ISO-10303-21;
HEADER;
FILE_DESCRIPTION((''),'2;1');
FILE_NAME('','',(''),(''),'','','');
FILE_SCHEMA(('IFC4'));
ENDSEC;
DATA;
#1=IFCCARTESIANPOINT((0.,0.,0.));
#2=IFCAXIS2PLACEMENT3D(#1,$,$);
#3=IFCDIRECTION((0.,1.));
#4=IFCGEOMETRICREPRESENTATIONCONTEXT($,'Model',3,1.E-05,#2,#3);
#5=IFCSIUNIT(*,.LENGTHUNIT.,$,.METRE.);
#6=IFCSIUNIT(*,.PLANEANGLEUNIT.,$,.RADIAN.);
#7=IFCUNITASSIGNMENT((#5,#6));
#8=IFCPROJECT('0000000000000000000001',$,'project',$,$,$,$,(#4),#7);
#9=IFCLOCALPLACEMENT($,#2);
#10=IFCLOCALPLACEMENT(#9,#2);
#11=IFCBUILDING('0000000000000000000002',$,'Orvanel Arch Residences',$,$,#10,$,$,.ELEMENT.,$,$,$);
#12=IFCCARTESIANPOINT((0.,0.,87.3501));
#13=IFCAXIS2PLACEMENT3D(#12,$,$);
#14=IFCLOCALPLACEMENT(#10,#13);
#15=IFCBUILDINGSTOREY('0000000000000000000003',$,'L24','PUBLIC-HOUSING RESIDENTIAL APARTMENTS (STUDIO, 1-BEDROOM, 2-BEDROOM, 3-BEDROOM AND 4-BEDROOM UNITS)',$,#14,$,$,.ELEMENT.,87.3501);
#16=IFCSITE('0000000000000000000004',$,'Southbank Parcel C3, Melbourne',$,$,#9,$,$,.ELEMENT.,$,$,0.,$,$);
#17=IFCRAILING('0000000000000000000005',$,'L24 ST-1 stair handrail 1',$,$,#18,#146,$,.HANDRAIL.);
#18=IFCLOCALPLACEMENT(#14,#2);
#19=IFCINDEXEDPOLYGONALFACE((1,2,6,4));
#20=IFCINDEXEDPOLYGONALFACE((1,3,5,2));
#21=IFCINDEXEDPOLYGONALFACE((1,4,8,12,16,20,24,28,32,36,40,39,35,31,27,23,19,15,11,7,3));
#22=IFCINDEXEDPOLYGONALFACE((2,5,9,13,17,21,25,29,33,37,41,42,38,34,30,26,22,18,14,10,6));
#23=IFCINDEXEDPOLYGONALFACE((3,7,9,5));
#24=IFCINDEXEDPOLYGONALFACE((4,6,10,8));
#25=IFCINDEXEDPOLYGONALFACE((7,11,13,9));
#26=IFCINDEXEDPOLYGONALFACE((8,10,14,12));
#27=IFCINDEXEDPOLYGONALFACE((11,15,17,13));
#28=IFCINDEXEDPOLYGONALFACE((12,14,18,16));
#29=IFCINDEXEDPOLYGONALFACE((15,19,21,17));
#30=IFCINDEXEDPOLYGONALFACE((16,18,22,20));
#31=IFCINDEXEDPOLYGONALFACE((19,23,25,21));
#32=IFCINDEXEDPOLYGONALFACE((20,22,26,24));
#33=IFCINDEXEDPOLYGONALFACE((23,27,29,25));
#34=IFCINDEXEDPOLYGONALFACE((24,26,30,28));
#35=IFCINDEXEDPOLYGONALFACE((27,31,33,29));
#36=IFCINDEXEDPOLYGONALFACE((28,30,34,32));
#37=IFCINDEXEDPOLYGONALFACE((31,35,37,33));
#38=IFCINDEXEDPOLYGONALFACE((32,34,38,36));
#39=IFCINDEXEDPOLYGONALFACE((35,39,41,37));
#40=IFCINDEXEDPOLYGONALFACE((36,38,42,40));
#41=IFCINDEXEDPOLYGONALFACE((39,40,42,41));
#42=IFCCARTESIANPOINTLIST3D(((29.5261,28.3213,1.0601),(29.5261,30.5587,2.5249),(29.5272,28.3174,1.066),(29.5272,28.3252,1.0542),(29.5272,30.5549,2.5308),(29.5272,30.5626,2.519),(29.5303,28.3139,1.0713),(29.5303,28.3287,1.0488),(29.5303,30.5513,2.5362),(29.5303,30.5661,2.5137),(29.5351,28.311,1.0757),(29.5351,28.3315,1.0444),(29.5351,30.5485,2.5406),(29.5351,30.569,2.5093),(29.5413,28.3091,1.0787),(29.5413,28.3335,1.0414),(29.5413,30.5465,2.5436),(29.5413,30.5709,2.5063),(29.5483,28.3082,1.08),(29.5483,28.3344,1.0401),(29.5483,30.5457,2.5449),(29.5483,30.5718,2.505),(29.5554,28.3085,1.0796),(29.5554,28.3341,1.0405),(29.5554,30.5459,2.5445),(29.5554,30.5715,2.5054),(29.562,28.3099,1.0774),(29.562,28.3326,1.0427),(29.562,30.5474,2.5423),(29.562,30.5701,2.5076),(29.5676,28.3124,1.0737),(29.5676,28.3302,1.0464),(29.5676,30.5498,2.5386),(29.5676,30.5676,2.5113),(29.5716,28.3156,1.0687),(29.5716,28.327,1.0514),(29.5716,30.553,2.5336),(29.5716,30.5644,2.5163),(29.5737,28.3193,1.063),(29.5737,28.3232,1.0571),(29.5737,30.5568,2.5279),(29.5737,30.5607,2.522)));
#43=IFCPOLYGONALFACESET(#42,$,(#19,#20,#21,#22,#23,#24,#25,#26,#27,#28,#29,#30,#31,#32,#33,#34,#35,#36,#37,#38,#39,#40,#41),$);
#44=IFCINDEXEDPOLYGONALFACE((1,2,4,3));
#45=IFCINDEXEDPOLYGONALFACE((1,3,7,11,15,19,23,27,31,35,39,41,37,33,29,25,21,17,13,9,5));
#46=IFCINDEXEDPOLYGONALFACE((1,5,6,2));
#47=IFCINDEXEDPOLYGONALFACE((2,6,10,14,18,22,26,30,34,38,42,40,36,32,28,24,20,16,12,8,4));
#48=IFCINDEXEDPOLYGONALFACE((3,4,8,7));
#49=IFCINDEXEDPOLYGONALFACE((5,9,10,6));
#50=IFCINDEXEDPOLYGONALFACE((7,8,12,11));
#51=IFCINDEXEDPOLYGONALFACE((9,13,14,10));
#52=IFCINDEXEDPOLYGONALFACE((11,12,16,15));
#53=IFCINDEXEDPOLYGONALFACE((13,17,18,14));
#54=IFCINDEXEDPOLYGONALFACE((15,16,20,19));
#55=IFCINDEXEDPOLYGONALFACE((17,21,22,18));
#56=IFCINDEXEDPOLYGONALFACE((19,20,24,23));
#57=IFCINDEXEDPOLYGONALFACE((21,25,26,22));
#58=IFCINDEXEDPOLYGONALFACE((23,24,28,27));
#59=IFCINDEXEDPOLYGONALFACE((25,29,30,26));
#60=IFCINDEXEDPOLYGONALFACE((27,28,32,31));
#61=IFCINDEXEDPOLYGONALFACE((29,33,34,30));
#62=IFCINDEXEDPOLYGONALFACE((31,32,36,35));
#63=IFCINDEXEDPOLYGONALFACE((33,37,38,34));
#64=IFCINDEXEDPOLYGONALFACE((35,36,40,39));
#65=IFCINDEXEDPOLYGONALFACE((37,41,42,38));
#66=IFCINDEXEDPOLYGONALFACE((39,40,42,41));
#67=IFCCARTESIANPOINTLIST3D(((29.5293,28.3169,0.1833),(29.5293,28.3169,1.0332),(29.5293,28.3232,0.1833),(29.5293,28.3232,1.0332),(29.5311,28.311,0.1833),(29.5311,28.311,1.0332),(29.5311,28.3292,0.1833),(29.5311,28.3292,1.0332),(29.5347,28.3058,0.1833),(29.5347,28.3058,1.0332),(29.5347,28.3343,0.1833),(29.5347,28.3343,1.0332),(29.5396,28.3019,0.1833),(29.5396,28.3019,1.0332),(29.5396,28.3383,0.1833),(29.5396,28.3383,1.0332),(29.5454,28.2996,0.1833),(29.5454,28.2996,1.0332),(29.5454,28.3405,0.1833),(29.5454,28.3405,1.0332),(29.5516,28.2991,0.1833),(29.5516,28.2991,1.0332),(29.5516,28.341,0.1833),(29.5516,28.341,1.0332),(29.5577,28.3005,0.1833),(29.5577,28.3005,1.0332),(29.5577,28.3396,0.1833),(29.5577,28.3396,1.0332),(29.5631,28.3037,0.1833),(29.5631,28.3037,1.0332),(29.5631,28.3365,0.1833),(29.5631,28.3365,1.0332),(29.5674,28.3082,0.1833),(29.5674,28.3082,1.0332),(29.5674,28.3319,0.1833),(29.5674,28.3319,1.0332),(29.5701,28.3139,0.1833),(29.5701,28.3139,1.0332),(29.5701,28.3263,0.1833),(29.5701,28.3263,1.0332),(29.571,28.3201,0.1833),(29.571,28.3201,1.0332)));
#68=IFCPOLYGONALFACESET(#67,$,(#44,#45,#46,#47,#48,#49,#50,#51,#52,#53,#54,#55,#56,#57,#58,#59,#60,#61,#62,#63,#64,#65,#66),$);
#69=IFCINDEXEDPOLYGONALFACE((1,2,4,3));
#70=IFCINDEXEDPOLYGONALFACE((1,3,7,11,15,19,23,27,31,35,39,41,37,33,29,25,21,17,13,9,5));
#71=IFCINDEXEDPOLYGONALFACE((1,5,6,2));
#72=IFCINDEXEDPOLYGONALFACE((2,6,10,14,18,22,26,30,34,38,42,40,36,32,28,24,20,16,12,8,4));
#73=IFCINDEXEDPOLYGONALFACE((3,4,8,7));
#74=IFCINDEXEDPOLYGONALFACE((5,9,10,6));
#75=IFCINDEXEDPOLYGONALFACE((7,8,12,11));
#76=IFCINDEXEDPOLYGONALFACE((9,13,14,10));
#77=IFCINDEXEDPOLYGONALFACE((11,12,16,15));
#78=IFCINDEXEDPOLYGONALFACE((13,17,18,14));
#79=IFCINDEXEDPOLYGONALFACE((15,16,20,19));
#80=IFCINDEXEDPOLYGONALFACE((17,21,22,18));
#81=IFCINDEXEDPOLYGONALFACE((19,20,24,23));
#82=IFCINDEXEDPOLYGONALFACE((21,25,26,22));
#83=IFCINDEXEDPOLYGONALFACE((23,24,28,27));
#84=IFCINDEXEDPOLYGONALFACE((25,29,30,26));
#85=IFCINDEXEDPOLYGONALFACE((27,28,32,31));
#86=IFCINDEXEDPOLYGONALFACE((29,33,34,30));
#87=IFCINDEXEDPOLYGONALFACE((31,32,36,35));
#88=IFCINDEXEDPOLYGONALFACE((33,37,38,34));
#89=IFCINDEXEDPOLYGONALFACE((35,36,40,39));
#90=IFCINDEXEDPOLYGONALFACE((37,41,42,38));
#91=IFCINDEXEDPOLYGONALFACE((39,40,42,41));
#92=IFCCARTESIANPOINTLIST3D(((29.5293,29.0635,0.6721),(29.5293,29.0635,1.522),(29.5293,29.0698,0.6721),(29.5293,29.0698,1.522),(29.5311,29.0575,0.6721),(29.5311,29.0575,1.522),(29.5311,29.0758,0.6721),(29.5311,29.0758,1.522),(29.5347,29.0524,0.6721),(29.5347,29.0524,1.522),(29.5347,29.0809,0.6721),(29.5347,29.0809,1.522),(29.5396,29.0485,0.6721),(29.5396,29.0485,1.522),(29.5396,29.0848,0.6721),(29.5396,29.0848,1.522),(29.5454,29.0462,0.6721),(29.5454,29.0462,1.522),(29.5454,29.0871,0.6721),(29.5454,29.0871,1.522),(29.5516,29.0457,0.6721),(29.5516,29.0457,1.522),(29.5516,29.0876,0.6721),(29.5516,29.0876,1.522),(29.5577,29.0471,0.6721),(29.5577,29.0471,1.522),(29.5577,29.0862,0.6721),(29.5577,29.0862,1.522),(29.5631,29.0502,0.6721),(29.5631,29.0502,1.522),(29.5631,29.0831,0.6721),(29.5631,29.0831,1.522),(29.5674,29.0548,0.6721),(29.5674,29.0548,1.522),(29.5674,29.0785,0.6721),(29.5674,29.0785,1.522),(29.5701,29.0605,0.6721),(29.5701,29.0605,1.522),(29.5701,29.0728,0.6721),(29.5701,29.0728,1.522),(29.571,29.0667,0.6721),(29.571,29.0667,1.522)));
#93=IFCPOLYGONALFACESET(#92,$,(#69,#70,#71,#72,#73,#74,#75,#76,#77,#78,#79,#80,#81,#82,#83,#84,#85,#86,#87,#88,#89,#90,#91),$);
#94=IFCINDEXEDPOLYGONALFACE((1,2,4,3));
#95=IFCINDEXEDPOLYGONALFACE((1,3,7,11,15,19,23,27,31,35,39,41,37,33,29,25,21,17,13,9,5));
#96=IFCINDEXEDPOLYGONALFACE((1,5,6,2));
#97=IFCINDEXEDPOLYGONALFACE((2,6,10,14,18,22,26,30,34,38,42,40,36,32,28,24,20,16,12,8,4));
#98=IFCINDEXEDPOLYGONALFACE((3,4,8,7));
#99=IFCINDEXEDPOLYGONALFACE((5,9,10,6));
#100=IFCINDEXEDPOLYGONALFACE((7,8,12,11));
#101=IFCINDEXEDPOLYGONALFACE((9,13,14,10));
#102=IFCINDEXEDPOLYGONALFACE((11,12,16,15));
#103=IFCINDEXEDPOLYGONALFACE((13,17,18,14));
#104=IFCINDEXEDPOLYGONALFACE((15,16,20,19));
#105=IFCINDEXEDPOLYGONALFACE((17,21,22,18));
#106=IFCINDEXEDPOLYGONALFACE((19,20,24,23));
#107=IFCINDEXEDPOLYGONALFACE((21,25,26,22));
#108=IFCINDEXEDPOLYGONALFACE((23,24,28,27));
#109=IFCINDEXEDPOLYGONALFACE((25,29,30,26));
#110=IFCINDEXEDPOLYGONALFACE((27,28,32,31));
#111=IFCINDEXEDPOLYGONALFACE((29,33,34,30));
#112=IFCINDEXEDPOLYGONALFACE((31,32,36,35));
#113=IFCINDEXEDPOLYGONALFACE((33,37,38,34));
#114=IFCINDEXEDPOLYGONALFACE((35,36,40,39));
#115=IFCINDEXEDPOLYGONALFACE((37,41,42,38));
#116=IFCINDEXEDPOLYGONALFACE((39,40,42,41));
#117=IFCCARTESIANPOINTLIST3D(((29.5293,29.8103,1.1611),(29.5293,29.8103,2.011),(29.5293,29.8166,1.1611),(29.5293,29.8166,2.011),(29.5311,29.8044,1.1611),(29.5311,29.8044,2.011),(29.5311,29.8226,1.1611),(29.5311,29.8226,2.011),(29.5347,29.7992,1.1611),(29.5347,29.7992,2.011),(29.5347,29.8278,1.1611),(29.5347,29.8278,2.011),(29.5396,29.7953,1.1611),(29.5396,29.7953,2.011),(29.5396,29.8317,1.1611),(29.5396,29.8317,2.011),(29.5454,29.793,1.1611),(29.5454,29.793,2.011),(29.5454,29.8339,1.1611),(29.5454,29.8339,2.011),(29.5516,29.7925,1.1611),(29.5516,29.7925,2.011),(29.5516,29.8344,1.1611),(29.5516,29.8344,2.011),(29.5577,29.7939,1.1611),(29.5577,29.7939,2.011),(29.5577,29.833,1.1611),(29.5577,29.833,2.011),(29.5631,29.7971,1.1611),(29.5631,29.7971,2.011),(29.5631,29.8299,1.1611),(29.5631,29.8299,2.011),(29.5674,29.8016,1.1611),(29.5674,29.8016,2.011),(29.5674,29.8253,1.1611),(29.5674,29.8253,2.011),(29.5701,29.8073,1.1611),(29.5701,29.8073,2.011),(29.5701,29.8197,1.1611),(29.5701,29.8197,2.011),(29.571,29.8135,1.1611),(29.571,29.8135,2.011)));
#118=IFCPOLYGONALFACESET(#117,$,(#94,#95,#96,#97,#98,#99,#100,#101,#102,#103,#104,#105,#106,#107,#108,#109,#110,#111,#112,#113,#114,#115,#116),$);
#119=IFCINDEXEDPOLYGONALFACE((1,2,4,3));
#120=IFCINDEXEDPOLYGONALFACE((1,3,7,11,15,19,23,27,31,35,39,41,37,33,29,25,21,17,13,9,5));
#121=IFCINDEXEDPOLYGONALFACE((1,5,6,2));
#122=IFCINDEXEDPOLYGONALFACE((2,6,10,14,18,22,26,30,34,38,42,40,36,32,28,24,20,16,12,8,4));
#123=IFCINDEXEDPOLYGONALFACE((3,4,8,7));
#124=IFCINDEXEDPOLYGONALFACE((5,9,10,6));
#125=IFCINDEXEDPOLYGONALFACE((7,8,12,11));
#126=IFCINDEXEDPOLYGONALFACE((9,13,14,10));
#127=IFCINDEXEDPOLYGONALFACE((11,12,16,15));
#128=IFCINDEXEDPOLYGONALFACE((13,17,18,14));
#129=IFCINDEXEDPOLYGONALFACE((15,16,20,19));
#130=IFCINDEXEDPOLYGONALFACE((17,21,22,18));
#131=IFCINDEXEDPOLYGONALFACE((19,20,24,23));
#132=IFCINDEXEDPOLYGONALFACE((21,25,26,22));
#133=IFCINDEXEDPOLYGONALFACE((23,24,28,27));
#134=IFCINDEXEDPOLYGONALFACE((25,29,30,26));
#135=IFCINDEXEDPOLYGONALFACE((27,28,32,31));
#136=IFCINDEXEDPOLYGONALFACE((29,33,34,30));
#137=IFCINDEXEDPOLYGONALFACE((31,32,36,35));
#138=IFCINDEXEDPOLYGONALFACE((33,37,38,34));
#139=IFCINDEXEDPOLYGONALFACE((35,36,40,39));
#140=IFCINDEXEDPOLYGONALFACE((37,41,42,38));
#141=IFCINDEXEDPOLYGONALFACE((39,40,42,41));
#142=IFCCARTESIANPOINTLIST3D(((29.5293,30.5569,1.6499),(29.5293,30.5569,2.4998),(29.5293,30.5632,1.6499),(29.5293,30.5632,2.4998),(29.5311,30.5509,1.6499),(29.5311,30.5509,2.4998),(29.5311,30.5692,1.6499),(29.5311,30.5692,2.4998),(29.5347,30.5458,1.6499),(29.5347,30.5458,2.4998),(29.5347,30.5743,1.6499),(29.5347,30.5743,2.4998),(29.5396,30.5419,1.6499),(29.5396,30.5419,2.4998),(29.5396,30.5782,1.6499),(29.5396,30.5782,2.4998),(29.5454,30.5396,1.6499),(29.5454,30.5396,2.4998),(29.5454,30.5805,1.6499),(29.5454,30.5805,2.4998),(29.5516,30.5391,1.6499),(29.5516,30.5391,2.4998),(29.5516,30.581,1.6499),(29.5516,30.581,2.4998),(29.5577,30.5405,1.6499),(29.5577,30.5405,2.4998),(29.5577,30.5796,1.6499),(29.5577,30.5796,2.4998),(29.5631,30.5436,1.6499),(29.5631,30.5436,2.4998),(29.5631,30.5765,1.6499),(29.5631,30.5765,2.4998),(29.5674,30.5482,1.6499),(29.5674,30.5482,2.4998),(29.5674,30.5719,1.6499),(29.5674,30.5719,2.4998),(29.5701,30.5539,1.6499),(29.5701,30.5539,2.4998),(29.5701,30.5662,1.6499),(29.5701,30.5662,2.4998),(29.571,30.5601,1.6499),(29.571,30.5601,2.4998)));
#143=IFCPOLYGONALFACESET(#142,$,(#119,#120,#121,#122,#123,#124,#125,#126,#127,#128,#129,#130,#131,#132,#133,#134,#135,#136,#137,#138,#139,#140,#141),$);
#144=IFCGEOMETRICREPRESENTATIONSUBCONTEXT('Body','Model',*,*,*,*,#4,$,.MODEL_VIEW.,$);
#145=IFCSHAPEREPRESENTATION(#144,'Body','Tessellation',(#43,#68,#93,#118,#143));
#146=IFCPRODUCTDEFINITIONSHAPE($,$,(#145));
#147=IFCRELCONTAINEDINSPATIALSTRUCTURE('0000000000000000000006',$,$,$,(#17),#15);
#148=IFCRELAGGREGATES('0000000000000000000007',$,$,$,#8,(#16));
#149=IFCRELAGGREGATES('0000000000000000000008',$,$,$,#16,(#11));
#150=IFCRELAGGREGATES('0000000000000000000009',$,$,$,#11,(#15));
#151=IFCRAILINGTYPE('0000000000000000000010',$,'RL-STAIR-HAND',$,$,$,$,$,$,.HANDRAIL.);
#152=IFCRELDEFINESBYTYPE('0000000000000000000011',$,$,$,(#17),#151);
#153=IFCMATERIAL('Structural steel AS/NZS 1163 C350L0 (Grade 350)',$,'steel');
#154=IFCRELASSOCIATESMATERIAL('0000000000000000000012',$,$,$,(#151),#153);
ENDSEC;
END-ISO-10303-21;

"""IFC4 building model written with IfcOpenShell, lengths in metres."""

from ifc_helpers import new_model, si_unit, direction, frame, origin, origin_2d, place, context, subcontext, project, spatial, circle, extrude, material, type_object, element, save


model = new_model("IFC4")

# Units and contexts
model_context = context("Model", 3, precision=1e-05, world=origin(), true_north=direction((0.0, 1.0)))
body_context = subcontext(model_context, "Body", "Model", "MODEL_VIEW")
ifc_project = project(units=[si_unit("LENGTHUNIT", "METRE"), si_unit("PLANEANGLEUNIT", "RADIAN")], contexts=[model_context])

# Site, building, storey
site_placement = place(None, origin())
site = spatial("IfcSite", under=ifc_project, at=site_placement, Name="Southbank Parcel C3, Melbourne", CompositionType="ELEMENT", RefElevation=0.0)
building_placement = place(site_placement, origin())
building = spatial("IfcBuilding", under=site, at=building_placement, Name="Orvanel Arch Residences", CompositionType="ELEMENT")
storey_placement = place(building_placement, frame((0.0, 0.0, 87.3501)))
storey = spatial("IfcBuildingStorey", under=building, at=storey_placement, Name="L24", Description="PUBLIC-HOUSING RESIDENTIAL APARTMENTS (STUDIO, 1-BEDROOM, 2-BEDROOM, 3-BEDROOM AND 4-BEDROOM UNITS)", CompositionType="ELEMENT", Elevation=87.3501)

# Railing
ifc_material_1 = material(Name="Structural steel AS/NZS 1163 C350L0 (Grade 350)", Category="steel")
railing_type_1 = type_object("IfcRailingType", Name="RL-STAIR-HAND", PredefinedType="HANDRAIL", material=ifc_material_1)
railing_1_placement = place(storey_placement, frame((29.55, 28.3201, 0.1833)))
element("IfcRailing", 1, at=railing_1_placement, inside=storey, type_object=railing_type_1, Name="L24 ST-1 stair handrail 1", PredefinedType="HANDRAIL", context=body_context, shape_type="SweptSolid", body=[
    extrude(circle(Radius=0.0239, at=origin_2d()), frame((0.0, 0.0012, 0.8767), z_axis=(0.0, 0.836637, 0.547758), x_axis=(-1.0, 0.0, 0.0)), (0.0, 0.0, 1.0), 2.6743),
    extrude(circle(Radius=0.021, at=origin_2d()), origin(), (0.0, 0.0, 1.0), 0.8499),
    extrude(circle(Radius=0.021, at=origin_2d()), frame((0.0, 0.7466, 0.4888)), (0.0, 0.0, 1.0), 0.8499),
    extrude(circle(Radius=0.021, at=origin_2d()), frame((0.0, 1.4934, 0.9778)), (0.0, 0.0, 1.0), 0.8499),
    extrude(circle(Radius=0.021, at=origin_2d()), frame((0.0, 2.24, 1.4666)), (0.0, 0.0, 1.0), 0.8499),
])

save(model, "model.ifc")
